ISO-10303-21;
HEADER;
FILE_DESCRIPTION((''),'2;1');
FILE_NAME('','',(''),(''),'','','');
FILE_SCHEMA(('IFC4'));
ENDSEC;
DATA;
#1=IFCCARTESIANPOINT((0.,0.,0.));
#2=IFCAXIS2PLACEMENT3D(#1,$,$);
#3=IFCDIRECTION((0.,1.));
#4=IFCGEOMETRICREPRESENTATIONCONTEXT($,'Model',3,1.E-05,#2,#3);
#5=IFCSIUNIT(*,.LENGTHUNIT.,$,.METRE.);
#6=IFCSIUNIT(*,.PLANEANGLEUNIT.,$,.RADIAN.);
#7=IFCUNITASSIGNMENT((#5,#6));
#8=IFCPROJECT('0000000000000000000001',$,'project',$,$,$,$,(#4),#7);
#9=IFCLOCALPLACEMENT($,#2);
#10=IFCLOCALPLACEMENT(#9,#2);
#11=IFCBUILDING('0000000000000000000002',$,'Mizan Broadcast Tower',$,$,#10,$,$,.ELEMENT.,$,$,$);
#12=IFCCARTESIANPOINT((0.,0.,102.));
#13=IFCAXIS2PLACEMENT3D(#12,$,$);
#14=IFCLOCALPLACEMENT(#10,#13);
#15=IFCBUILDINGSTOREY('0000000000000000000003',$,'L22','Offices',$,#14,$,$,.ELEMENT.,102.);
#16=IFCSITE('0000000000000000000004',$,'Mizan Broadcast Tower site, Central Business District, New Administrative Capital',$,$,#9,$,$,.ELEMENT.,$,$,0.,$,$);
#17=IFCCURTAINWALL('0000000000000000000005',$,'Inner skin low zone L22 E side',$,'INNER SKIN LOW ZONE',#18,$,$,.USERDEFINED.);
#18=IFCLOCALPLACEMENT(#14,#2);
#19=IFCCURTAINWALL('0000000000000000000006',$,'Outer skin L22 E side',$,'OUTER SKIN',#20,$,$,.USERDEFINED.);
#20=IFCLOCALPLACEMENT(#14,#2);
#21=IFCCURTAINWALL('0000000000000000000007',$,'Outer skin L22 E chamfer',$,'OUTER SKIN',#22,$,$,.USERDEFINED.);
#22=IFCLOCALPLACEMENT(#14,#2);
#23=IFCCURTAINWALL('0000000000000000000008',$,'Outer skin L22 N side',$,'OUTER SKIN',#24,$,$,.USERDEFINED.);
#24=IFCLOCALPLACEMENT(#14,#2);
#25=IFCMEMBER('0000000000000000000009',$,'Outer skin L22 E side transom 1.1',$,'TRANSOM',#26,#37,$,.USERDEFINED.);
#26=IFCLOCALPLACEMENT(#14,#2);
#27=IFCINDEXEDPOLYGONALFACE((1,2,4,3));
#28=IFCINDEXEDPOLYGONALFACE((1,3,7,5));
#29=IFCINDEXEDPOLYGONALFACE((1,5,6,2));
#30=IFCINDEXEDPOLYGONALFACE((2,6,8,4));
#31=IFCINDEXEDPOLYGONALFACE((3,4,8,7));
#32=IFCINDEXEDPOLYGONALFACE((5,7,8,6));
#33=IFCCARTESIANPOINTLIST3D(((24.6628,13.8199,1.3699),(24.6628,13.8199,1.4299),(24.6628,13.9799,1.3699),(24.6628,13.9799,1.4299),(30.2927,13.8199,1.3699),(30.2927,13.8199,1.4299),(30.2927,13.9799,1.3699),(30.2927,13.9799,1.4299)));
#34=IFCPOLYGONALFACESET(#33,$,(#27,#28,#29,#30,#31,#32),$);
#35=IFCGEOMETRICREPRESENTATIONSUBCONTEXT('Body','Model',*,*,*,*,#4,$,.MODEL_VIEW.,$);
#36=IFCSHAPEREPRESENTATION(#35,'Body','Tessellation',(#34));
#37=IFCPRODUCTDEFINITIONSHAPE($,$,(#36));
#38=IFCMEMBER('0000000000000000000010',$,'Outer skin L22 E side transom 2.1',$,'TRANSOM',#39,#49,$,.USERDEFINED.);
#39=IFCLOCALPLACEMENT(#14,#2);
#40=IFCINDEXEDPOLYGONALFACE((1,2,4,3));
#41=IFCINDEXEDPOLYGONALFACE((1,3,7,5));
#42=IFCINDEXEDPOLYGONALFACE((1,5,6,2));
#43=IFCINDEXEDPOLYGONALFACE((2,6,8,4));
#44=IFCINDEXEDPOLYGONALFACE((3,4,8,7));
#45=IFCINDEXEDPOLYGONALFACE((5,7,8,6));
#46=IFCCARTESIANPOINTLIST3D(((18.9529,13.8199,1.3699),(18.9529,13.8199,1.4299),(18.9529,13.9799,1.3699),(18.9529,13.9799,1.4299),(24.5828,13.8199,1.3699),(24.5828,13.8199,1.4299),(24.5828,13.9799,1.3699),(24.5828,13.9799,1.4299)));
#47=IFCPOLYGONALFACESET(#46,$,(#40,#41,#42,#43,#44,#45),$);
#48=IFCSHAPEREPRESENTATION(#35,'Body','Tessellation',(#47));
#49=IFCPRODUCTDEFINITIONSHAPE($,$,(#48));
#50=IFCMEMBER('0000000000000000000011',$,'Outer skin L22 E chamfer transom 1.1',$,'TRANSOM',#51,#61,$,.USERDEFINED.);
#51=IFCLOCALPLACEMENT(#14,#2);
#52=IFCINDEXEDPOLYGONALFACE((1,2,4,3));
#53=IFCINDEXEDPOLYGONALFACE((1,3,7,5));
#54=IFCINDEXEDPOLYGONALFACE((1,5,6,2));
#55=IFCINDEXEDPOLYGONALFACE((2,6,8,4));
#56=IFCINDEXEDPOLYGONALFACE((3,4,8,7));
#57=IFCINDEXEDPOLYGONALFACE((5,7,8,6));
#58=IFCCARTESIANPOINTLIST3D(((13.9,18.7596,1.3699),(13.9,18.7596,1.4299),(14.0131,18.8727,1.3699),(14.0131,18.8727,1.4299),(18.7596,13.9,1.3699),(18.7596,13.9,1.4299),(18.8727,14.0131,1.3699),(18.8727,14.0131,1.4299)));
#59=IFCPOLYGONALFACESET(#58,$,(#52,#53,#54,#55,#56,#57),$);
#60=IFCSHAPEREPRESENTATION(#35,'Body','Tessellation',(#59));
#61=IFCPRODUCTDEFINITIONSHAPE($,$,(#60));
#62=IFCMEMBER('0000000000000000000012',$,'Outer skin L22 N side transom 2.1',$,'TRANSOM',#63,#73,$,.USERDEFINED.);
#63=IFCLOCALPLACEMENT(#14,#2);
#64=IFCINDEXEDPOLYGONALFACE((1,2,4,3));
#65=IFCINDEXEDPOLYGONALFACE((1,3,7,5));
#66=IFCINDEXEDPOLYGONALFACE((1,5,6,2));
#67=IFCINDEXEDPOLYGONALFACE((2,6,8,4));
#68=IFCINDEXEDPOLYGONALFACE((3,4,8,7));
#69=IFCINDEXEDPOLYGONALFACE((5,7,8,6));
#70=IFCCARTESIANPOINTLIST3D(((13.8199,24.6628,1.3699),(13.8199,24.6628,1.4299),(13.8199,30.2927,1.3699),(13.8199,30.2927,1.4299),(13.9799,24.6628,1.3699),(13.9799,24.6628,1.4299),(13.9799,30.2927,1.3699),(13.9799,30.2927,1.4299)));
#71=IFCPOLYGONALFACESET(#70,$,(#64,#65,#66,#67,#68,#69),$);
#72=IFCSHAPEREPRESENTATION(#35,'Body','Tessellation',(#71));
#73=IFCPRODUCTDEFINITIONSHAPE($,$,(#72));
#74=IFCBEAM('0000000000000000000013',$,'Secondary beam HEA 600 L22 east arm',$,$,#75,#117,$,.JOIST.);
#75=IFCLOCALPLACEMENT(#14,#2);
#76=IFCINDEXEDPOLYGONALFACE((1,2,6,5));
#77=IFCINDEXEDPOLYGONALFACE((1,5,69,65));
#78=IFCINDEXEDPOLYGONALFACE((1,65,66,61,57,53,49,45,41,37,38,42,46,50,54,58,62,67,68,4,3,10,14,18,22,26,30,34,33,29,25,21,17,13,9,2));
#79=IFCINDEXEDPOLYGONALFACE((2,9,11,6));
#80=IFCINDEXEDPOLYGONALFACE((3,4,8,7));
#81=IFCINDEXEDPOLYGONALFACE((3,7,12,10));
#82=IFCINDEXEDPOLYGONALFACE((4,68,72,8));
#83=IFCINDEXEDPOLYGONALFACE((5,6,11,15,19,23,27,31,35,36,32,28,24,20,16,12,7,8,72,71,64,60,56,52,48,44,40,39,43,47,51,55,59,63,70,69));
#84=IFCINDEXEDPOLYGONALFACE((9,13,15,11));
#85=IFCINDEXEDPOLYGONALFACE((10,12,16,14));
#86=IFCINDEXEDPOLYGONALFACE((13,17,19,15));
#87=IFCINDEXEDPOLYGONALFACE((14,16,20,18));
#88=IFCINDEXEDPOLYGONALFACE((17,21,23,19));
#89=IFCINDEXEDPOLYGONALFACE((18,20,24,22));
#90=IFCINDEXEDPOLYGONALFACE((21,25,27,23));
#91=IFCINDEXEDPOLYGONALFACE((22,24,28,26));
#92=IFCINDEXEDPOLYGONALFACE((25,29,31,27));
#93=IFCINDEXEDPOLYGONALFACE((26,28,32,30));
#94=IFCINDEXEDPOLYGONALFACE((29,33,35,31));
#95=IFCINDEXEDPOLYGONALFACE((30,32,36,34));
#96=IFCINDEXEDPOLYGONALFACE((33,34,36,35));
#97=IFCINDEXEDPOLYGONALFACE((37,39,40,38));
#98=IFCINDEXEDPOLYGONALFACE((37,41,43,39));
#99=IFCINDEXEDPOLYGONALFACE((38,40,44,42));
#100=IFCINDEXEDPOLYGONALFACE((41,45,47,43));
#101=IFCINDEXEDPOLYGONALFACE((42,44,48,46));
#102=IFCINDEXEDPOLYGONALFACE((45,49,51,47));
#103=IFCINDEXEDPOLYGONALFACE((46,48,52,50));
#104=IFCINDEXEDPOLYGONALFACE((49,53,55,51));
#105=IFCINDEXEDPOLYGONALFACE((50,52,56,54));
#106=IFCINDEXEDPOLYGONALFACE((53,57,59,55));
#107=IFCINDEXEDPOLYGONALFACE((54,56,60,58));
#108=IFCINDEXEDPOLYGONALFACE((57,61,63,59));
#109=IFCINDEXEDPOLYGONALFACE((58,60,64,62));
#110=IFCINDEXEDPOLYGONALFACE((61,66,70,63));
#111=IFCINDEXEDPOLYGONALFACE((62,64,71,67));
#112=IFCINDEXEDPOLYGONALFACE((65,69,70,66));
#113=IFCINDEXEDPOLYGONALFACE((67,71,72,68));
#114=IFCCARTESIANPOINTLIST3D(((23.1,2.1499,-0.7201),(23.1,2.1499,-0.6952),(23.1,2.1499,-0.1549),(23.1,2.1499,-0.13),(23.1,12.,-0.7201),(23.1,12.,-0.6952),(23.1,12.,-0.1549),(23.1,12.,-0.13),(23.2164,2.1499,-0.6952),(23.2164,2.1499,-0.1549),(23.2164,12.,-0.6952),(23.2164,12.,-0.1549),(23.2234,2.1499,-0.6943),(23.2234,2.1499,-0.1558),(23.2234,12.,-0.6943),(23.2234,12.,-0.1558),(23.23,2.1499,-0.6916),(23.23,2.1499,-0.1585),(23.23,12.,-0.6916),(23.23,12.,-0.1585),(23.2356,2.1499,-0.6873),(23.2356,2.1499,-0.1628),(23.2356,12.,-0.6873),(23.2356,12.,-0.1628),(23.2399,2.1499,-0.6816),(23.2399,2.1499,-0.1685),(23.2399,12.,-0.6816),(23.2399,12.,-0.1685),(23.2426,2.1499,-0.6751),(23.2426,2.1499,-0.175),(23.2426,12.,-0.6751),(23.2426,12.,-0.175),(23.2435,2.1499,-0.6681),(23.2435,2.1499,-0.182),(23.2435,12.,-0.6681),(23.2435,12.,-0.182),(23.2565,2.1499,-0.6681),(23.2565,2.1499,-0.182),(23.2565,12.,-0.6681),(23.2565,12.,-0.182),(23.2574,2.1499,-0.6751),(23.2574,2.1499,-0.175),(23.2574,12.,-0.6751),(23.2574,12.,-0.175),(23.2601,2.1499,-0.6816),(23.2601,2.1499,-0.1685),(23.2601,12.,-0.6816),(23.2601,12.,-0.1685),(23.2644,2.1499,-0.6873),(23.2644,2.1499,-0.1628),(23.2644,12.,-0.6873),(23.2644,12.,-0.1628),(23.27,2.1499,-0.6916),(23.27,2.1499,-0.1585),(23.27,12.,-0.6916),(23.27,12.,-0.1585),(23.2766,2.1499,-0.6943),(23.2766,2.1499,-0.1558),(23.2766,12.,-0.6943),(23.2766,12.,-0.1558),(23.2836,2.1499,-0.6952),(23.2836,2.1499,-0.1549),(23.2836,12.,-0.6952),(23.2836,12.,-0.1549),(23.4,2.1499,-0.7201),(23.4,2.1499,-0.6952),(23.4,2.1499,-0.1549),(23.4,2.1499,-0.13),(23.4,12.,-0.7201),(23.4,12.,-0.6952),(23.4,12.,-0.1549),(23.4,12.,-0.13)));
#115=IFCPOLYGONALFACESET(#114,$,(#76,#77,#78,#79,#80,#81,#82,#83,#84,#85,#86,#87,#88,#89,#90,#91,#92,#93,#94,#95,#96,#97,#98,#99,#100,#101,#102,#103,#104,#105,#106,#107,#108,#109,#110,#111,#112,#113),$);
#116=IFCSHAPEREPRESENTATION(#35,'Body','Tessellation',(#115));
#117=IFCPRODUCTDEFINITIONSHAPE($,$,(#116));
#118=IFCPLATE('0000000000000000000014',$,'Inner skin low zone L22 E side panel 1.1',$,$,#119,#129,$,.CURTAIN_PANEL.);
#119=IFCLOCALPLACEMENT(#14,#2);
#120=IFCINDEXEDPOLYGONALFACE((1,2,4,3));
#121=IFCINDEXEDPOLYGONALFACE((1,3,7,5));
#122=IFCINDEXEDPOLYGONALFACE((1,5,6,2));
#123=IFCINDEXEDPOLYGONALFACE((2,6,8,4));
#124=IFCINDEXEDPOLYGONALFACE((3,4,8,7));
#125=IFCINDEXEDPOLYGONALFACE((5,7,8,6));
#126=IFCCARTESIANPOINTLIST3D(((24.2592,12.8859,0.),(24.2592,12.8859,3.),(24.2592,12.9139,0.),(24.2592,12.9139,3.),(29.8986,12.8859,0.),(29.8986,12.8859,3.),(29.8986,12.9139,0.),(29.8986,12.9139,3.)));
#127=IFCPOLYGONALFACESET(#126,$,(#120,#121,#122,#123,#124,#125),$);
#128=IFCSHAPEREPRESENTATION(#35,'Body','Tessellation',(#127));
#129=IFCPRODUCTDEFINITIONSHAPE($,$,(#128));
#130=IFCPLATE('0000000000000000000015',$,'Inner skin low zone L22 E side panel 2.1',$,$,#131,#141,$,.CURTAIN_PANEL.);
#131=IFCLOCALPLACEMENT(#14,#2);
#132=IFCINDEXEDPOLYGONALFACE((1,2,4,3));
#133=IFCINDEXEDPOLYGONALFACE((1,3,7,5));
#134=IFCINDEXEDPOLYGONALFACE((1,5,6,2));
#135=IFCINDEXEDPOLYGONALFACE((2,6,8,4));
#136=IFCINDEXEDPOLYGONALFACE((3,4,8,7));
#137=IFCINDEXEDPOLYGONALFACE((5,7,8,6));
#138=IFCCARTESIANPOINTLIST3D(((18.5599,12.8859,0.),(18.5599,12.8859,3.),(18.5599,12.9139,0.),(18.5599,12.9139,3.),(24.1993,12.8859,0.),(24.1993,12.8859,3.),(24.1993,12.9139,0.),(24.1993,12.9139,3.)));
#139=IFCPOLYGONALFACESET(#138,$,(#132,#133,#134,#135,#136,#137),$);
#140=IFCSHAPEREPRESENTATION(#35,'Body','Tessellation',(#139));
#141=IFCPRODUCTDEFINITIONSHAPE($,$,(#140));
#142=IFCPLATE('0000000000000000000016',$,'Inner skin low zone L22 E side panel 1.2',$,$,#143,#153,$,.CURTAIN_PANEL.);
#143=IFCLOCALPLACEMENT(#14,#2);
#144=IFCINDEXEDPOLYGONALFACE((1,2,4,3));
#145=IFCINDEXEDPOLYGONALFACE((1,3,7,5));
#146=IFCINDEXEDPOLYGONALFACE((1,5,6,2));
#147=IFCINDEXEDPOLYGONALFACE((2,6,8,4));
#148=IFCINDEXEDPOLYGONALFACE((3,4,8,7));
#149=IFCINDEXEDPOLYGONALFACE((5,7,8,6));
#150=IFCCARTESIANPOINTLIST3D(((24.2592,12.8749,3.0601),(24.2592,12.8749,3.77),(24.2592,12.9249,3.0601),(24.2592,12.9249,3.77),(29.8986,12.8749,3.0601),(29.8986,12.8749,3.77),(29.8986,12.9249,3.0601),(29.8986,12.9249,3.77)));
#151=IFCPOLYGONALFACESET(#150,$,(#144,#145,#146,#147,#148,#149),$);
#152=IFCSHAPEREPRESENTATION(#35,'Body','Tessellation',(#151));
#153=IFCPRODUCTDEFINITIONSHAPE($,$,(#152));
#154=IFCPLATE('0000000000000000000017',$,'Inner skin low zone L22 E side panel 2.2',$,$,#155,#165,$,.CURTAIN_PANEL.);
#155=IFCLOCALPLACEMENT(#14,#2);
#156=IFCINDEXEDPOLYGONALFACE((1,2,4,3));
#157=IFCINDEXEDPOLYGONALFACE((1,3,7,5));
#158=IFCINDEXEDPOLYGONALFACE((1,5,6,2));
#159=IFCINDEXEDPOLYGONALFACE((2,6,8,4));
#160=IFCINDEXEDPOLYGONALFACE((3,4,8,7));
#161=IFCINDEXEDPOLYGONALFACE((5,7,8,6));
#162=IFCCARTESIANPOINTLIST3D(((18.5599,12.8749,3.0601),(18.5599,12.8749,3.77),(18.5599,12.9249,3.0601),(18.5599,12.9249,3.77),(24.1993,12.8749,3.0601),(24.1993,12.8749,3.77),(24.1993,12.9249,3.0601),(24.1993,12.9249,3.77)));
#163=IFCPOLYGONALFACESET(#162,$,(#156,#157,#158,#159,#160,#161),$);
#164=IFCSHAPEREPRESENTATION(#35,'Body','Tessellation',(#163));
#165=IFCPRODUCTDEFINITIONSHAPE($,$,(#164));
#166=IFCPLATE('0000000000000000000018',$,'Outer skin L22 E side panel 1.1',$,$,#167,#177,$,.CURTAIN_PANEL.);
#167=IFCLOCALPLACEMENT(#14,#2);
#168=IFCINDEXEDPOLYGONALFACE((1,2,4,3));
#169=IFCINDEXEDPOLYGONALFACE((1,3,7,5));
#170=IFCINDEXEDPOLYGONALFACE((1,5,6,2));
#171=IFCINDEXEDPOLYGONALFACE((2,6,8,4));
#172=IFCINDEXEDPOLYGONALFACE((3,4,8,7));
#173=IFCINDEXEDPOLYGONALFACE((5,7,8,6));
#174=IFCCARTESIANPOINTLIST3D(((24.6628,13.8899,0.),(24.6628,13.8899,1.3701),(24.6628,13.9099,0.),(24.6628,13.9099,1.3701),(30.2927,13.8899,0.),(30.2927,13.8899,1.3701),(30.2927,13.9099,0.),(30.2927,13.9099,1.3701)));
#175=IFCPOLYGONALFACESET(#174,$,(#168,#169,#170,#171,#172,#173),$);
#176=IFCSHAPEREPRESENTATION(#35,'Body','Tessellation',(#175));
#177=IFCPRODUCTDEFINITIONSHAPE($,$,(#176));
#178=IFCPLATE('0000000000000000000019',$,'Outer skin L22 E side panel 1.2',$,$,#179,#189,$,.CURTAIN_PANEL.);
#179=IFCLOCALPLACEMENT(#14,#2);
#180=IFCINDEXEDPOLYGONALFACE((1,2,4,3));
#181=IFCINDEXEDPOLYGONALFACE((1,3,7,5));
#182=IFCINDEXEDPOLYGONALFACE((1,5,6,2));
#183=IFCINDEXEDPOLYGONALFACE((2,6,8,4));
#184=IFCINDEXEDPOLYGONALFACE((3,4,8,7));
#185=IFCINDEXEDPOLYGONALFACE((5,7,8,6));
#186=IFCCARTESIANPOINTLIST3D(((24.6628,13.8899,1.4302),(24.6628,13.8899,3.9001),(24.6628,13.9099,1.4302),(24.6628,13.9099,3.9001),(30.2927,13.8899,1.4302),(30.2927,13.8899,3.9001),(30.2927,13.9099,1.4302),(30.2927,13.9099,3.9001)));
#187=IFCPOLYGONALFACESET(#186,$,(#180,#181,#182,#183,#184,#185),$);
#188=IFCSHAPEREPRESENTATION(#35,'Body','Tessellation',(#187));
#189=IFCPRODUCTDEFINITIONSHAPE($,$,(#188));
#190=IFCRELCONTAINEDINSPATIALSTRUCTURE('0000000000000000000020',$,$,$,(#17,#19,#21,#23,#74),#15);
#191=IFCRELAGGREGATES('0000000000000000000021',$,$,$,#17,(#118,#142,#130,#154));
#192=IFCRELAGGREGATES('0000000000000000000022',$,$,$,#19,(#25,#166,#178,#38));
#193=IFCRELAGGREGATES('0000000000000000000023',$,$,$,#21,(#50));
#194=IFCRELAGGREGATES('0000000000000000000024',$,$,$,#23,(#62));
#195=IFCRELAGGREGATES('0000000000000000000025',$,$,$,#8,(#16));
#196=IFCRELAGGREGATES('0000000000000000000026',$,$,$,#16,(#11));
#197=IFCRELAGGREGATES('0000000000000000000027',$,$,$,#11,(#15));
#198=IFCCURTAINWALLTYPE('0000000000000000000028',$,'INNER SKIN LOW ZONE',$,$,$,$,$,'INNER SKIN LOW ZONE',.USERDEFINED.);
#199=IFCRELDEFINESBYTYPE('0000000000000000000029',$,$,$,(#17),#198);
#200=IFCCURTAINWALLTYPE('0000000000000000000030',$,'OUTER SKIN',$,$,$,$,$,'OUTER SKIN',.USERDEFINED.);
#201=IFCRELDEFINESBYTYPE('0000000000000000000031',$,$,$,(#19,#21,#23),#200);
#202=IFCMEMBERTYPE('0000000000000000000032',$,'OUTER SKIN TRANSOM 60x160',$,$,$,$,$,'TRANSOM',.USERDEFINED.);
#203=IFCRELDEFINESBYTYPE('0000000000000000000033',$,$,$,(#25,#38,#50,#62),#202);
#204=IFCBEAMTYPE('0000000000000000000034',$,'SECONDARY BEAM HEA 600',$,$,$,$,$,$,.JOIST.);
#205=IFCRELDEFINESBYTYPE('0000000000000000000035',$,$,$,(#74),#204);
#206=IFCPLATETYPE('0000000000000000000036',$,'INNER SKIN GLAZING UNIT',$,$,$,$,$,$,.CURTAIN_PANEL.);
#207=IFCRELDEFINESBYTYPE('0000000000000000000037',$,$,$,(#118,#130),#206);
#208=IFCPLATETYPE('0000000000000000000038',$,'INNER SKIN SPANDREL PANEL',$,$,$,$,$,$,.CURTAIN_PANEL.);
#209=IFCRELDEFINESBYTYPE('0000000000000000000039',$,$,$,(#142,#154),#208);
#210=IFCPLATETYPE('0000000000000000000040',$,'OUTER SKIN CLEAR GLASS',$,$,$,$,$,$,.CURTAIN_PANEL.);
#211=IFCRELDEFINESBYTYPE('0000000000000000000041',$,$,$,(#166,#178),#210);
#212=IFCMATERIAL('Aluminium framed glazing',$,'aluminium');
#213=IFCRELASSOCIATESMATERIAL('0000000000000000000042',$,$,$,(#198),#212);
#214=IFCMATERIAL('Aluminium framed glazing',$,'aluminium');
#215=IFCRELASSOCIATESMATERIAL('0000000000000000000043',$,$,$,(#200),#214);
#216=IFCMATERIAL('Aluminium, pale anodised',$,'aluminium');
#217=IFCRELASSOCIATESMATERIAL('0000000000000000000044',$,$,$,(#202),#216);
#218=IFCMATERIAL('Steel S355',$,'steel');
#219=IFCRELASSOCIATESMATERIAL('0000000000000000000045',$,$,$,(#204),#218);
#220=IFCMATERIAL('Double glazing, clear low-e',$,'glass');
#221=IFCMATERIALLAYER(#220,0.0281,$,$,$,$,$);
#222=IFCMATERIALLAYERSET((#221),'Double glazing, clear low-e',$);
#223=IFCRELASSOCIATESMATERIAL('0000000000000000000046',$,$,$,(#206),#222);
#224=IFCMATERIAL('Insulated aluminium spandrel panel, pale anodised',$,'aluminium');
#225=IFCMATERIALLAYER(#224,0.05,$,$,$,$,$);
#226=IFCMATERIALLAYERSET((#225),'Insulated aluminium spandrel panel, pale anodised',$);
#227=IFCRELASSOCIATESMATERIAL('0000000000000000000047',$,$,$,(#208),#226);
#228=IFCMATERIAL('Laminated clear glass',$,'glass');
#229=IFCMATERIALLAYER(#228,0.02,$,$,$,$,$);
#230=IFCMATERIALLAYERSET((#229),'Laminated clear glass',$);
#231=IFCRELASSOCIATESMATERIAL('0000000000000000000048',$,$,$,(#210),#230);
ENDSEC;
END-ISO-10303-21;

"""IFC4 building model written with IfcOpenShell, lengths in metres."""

from ifc_helpers import new_model, si_unit, direction, frame, origin, origin_2d, place, context, subcontext, project, spatial, rectangle, i_section, extrude, material, layer, layer_set, material_profile, profile_set, type_object, element, aggregate, save


model = new_model("IFC4")

# Units and contexts
model_context = context("Model", 3, precision=1e-05, world=origin(), true_north=direction((0.0, 1.0)))
body_context = subcontext(model_context, "Body", "Model", "MODEL_VIEW")
ifc_project = project(units=[si_unit("LENGTHUNIT", "METRE"), si_unit("PLANEANGLEUNIT", "RADIAN")], contexts=[model_context])

# Site, building, storey
site_placement = place(None, origin())
site = spatial("IfcSite", under=ifc_project, at=site_placement, Name="Mizan Broadcast Tower site, Central Business District, New Administrative Capital", CompositionType="ELEMENT", RefElevation=0.0)
building_placement = place(site_placement, origin())
building = spatial("IfcBuilding", under=site, at=building_placement, Name="Mizan Broadcast Tower", CompositionType="ELEMENT")
storey_placement = place(building_placement, frame((0.0, 0.0, 102.0)))
storey = spatial("IfcBuildingStorey", under=building, at=storey_placement, Name="L22", Description="Offices", CompositionType="ELEMENT", Elevation=102.0)

# Shared definitions
ifc_material_1 = material(Name="Aluminium framed glazing", Category="aluminium")
curtain_wall_type_1 = type_object("IfcCurtainWallType", Name="INNER SKIN LOW ZONE", ElementType="INNER SKIN LOW ZONE", PredefinedType="USERDEFINED", material=ifc_material_1)

# Curtain wall
curtain_wall_1_placement = place(storey_placement, origin())
curtain_wall_1 = element("IfcCurtainWall", 1, at=curtain_wall_1_placement, inside=storey, type_object=curtain_wall_type_1, Name="Inner skin low zone L22 E side", ObjectType="INNER SKIN LOW ZONE", PredefinedType="USERDEFINED")

# Shared definitions
ifc_material_2 = material(Name="Aluminium framed glazing", Category="aluminium")
curtain_wall_type_2 = type_object("IfcCurtainWallType", Name="OUTER SKIN", ElementType="OUTER SKIN", PredefinedType="USERDEFINED", material=ifc_material_2)

# Curtain wall
curtain_wall_2_placement = place(storey_placement, origin())
curtain_wall_2 = element("IfcCurtainWall", 2, at=curtain_wall_2_placement, inside=storey, type_object=curtain_wall_type_2, Name="Outer skin L22 E side", ObjectType="OUTER SKIN", PredefinedType="USERDEFINED")

# Curtain wall
curtain_wall_3_placement = place(storey_placement, origin())
curtain_wall_3 = element("IfcCurtainWall", 3, at=curtain_wall_3_placement, inside=storey, type_object=curtain_wall_type_2, Name="Outer skin L22 E chamfer", ObjectType="OUTER SKIN", PredefinedType="USERDEFINED")

# Curtain wall
curtain_wall_4_placement = place(storey_placement, origin())
curtain_wall_4 = element("IfcCurtainWall", 4, at=curtain_wall_4_placement, inside=storey, type_object=curtain_wall_type_2, Name="Outer skin L22 N side", ObjectType="OUTER SKIN", PredefinedType="USERDEFINED")

# Members
ifc_material_3 = material(Name="Aluminium, pale anodised", Category="aluminium")
ifc_material_profile_1 = material_profile(ifc_material_3, rectangle(XDim=0.1599, YDim=0.0601, at=origin_2d()), Name="TRANSOM 160x60")
ifc_profile_set_1 = profile_set([ifc_material_profile_1], Name="Aluminium, pale anodised")
member_type_1 = type_object("IfcMemberType", Name="OUTER SKIN TRANSOM 60x160", ElementType="TRANSOM", PredefinedType="USERDEFINED", material=ifc_profile_set_1)
member_1_placement = place(storey_placement, frame((30.2927, 13.8999, 1.3999), z_axis=(-1.0, 0.0, 0.0), x_axis=(0.0, -1.0, 0.0)))
member_1 = element("IfcMember", 5, at=member_1_placement, type_object=member_type_1, Name="Outer skin L22 E side transom 1.1", ObjectType="TRANSOM", PredefinedType="USERDEFINED", context=body_context, shape_type="SweptSolid", body=[
    extrude(rectangle(XDim=0.1599, YDim=0.0601, at=origin_2d()), origin(), (0.0, 0.0, 1.0), 5.6299),
])
member_2_placement = place(storey_placement, frame((24.5828, 13.8999, 1.3999), z_axis=(-1.0, 0.0, 0.0), x_axis=(0.0, -1.0, 0.0)))
member_2 = element("IfcMember", 6, at=member_2_placement, type_object=member_type_1, Name="Outer skin L22 E side transom 2.1", ObjectType="TRANSOM", PredefinedType="USERDEFINED", context=body_context, shape_type="SweptSolid", body=[
    extrude(rectangle(XDim=0.1599, YDim=0.0601, at=origin_2d()), origin(), (0.0, 0.0, 1.0), 5.6299),
])
member_3_placement = place(storey_placement, frame((18.8162, 13.9565, 1.3999), z_axis=(-0.707107, 0.707107, 0.0), x_axis=(-0.707107, -0.707107, 0.0)))
member_3 = element("IfcMember", 7, at=member_3_placement, type_object=member_type_1, Name="Outer skin L22 E chamfer transom 1.1", ObjectType="TRANSOM", PredefinedType="USERDEFINED", context=body_context, shape_type="SweptSolid", body=[
    extrude(rectangle(XDim=0.1599, YDim=0.0601, at=origin_2d()), origin(), (0.0, 0.0, 1.0), 6.8726),
])
member_4_placement = place(storey_placement, frame((13.8999, 24.6628, 1.3999), z_axis=(0.0, 1.0, 0.0), x_axis=(-1.0, 0.0, 0.0)))
member_4 = element("IfcMember", 8, at=member_4_placement, type_object=member_type_1, Name="Outer skin L22 N side transom 2.1", ObjectType="TRANSOM", PredefinedType="USERDEFINED", context=body_context, shape_type="SweptSolid", body=[
    extrude(rectangle(XDim=0.1599, YDim=0.0601, at=origin_2d()), origin(), (0.0, 0.0, 1.0), 5.6299),
])

# Beam
ifc_material_4 = material(Name="Steel S355", Category="steel")
ifc_material_profile_2 = material_profile(ifc_material_4, i_section(OverallWidth=0.3, OverallDepth=0.5901, WebThickness=0.0129, FlangeThickness=0.0249, FilletRadius=0.0271, at=origin_2d()), Name="HEA 600")
ifc_profile_set_2 = profile_set([ifc_material_profile_2], Name="Steel S355")
beam_type_1 = type_object("IfcBeamType", Name="SECONDARY BEAM HEA 600", PredefinedType="JOIST", material=ifc_profile_set_2)
beam_1_placement = place(storey_placement, frame((23.25, 12.0, -0.425), z_axis=(0.0, -1.0, 0.0), x_axis=(1.0, 0.0, 0.0)))
element("IfcBeam", 9, at=beam_1_placement, inside=storey, type_object=beam_type_1, Name="Secondary beam HEA 600 L22 east arm", PredefinedType="JOIST", context=body_context, shape_type="SweptSolid", body=[
    extrude(i_section(OverallWidth=0.3, OverallDepth=0.5901, WebThickness=0.0129, FlangeThickness=0.0249, FilletRadius=0.0271, at=origin_2d()), origin(), (0.0, 0.0, 1.0), 9.8501),
])

# Plates
ifc_material_5 = material(Name="Double glazing, clear low-e", Category="glass")
ifc_layer_1 = layer(ifc_material_5, 0.0281)
ifc_layer_set_1 = layer_set([ifc_layer_1], Name="Double glazing, clear low-e")
plate_type_1 = type_object("IfcPlateType", Name="INNER SKIN GLAZING UNIT", PredefinedType="CURTAIN_PANEL", material=ifc_layer_set_1)
plate_1_placement = place(storey_placement, frame((27.0789, 12.8999, 0.0), z_axis=(0.0, 0.0, 1.0), x_axis=(-1.0, 0.0, 0.0)))
plate_1 = element("IfcPlate", 10, at=plate_1_placement, type_object=plate_type_1, Name="Inner skin low zone L22 E side panel 1.1", PredefinedType="CURTAIN_PANEL", context=body_context, shape_type="SweptSolid", body=[
    extrude(rectangle(XDim=5.6394, YDim=0.0281, at=origin_2d()), origin(), (0.0, 0.0, 1.0), 3.0),
])
plate_2_placement = place(storey_placement, frame((21.3796, 12.8999, 0.0), z_axis=(0.0, 0.0, 1.0), x_axis=(-1.0, 0.0, 0.0)))
plate_2 = element("IfcPlate", 11, at=plate_2_placement, type_object=plate_type_1, Name="Inner skin low zone L22 E side panel 2.1", PredefinedType="CURTAIN_PANEL", context=body_context, shape_type="SweptSolid", body=[
    extrude(rectangle(XDim=5.6394, YDim=0.0281, at=origin_2d()), origin(), (0.0, 0.0, 1.0), 3.0),
])
ifc_material_6 = material(Name="Insulated aluminium spandrel panel, pale anodised", Category="aluminium")
ifc_layer_2 = layer(ifc_material_6, 0.05)
ifc_layer_set_2 = layer_set([ifc_layer_2], Name="Insulated aluminium spandrel panel, pale anodised")
plate_type_2 = type_object("IfcPlateType", Name="INNER SKIN SPANDREL PANEL", PredefinedType="CURTAIN_PANEL", material=ifc_layer_set_2)
plate_3_placement = place(storey_placement, frame((27.0789, 12.8999, 3.0601), z_axis=(0.0, 0.0, 1.0), x_axis=(-1.0, 0.0, 0.0)))
plate_3 = element("IfcPlate", 12, at=plate_3_placement, type_object=plate_type_2, Name="Inner skin low zone L22 E side panel 1.2", PredefinedType="CURTAIN_PANEL", context=body_context, shape_type="SweptSolid", body=[
    extrude(rectangle(XDim=5.6394, YDim=0.05, at=origin_2d()), origin(), (0.0, 0.0, 1.0), 0.71),
])
plate_4_placement = place(storey_placement, frame((21.3796, 12.8999, 3.0601), z_axis=(0.0, 0.0, 1.0), x_axis=(-1.0, 0.0, 0.0)))
plate_4 = element("IfcPlate", 13, at=plate_4_placement, type_object=plate_type_2, Name="Inner skin low zone L22 E side panel 2.2", PredefinedType="CURTAIN_PANEL", context=body_context, shape_type="SweptSolid", body=[
    extrude(rectangle(XDim=5.6394, YDim=0.05, at=origin_2d()), origin(), (0.0, 0.0, 1.0), 0.71),
])
aggregate(curtain_wall_1, [plate_1, plate_3, plate_2, plate_4])
ifc_material_7 = material(Name="Laminated clear glass", Category="glass")
ifc_layer_3 = layer(ifc_material_7, 0.02)
ifc_layer_set_3 = layer_set([ifc_layer_3], Name="Laminated clear glass")
plate_type_3 = type_object("IfcPlateType", Name="OUTER SKIN CLEAR GLASS", PredefinedType="CURTAIN_PANEL", material=ifc_layer_set_3)
plate_5_placement = place(storey_placement, frame((27.4778, 13.8999, 0.0), z_axis=(0.0, 0.0, 1.0), x_axis=(-1.0, 0.0, 0.0)))
plate_5 = element("IfcPlate", 14, at=plate_5_placement, type_object=plate_type_3, Name="Outer skin L22 E side panel 1.1", PredefinedType="CURTAIN_PANEL", context=body_context, shape_type="SweptSolid", body=[
    extrude(rectangle(XDim=5.6299, YDim=0.02, at=origin_2d()), origin(), (0.0, 0.0, 1.0), 1.3701),
])
plate_6_placement = place(storey_placement, frame((27.4778, 13.8999, 1.4302), z_axis=(0.0, 0.0, 1.0), x_axis=(-1.0, 0.0, 0.0)))
plate_6 = element("IfcPlate", 15, at=plate_6_placement, type_object=plate_type_3, Name="Outer skin L22 E side panel 1.2", PredefinedType="CURTAIN_PANEL", context=body_context, shape_type="SweptSolid", body=[
    extrude(rectangle(XDim=5.6299, YDim=0.02, at=origin_2d()), origin(), (0.0, 0.0, 1.0), 2.47),
])
aggregate(curtain_wall_2, [member_1, plate_5, plate_6, member_2])
aggregate(curtain_wall_3, [member_3])
aggregate(curtain_wall_4, [member_4])

save(model, "model.ifc")
